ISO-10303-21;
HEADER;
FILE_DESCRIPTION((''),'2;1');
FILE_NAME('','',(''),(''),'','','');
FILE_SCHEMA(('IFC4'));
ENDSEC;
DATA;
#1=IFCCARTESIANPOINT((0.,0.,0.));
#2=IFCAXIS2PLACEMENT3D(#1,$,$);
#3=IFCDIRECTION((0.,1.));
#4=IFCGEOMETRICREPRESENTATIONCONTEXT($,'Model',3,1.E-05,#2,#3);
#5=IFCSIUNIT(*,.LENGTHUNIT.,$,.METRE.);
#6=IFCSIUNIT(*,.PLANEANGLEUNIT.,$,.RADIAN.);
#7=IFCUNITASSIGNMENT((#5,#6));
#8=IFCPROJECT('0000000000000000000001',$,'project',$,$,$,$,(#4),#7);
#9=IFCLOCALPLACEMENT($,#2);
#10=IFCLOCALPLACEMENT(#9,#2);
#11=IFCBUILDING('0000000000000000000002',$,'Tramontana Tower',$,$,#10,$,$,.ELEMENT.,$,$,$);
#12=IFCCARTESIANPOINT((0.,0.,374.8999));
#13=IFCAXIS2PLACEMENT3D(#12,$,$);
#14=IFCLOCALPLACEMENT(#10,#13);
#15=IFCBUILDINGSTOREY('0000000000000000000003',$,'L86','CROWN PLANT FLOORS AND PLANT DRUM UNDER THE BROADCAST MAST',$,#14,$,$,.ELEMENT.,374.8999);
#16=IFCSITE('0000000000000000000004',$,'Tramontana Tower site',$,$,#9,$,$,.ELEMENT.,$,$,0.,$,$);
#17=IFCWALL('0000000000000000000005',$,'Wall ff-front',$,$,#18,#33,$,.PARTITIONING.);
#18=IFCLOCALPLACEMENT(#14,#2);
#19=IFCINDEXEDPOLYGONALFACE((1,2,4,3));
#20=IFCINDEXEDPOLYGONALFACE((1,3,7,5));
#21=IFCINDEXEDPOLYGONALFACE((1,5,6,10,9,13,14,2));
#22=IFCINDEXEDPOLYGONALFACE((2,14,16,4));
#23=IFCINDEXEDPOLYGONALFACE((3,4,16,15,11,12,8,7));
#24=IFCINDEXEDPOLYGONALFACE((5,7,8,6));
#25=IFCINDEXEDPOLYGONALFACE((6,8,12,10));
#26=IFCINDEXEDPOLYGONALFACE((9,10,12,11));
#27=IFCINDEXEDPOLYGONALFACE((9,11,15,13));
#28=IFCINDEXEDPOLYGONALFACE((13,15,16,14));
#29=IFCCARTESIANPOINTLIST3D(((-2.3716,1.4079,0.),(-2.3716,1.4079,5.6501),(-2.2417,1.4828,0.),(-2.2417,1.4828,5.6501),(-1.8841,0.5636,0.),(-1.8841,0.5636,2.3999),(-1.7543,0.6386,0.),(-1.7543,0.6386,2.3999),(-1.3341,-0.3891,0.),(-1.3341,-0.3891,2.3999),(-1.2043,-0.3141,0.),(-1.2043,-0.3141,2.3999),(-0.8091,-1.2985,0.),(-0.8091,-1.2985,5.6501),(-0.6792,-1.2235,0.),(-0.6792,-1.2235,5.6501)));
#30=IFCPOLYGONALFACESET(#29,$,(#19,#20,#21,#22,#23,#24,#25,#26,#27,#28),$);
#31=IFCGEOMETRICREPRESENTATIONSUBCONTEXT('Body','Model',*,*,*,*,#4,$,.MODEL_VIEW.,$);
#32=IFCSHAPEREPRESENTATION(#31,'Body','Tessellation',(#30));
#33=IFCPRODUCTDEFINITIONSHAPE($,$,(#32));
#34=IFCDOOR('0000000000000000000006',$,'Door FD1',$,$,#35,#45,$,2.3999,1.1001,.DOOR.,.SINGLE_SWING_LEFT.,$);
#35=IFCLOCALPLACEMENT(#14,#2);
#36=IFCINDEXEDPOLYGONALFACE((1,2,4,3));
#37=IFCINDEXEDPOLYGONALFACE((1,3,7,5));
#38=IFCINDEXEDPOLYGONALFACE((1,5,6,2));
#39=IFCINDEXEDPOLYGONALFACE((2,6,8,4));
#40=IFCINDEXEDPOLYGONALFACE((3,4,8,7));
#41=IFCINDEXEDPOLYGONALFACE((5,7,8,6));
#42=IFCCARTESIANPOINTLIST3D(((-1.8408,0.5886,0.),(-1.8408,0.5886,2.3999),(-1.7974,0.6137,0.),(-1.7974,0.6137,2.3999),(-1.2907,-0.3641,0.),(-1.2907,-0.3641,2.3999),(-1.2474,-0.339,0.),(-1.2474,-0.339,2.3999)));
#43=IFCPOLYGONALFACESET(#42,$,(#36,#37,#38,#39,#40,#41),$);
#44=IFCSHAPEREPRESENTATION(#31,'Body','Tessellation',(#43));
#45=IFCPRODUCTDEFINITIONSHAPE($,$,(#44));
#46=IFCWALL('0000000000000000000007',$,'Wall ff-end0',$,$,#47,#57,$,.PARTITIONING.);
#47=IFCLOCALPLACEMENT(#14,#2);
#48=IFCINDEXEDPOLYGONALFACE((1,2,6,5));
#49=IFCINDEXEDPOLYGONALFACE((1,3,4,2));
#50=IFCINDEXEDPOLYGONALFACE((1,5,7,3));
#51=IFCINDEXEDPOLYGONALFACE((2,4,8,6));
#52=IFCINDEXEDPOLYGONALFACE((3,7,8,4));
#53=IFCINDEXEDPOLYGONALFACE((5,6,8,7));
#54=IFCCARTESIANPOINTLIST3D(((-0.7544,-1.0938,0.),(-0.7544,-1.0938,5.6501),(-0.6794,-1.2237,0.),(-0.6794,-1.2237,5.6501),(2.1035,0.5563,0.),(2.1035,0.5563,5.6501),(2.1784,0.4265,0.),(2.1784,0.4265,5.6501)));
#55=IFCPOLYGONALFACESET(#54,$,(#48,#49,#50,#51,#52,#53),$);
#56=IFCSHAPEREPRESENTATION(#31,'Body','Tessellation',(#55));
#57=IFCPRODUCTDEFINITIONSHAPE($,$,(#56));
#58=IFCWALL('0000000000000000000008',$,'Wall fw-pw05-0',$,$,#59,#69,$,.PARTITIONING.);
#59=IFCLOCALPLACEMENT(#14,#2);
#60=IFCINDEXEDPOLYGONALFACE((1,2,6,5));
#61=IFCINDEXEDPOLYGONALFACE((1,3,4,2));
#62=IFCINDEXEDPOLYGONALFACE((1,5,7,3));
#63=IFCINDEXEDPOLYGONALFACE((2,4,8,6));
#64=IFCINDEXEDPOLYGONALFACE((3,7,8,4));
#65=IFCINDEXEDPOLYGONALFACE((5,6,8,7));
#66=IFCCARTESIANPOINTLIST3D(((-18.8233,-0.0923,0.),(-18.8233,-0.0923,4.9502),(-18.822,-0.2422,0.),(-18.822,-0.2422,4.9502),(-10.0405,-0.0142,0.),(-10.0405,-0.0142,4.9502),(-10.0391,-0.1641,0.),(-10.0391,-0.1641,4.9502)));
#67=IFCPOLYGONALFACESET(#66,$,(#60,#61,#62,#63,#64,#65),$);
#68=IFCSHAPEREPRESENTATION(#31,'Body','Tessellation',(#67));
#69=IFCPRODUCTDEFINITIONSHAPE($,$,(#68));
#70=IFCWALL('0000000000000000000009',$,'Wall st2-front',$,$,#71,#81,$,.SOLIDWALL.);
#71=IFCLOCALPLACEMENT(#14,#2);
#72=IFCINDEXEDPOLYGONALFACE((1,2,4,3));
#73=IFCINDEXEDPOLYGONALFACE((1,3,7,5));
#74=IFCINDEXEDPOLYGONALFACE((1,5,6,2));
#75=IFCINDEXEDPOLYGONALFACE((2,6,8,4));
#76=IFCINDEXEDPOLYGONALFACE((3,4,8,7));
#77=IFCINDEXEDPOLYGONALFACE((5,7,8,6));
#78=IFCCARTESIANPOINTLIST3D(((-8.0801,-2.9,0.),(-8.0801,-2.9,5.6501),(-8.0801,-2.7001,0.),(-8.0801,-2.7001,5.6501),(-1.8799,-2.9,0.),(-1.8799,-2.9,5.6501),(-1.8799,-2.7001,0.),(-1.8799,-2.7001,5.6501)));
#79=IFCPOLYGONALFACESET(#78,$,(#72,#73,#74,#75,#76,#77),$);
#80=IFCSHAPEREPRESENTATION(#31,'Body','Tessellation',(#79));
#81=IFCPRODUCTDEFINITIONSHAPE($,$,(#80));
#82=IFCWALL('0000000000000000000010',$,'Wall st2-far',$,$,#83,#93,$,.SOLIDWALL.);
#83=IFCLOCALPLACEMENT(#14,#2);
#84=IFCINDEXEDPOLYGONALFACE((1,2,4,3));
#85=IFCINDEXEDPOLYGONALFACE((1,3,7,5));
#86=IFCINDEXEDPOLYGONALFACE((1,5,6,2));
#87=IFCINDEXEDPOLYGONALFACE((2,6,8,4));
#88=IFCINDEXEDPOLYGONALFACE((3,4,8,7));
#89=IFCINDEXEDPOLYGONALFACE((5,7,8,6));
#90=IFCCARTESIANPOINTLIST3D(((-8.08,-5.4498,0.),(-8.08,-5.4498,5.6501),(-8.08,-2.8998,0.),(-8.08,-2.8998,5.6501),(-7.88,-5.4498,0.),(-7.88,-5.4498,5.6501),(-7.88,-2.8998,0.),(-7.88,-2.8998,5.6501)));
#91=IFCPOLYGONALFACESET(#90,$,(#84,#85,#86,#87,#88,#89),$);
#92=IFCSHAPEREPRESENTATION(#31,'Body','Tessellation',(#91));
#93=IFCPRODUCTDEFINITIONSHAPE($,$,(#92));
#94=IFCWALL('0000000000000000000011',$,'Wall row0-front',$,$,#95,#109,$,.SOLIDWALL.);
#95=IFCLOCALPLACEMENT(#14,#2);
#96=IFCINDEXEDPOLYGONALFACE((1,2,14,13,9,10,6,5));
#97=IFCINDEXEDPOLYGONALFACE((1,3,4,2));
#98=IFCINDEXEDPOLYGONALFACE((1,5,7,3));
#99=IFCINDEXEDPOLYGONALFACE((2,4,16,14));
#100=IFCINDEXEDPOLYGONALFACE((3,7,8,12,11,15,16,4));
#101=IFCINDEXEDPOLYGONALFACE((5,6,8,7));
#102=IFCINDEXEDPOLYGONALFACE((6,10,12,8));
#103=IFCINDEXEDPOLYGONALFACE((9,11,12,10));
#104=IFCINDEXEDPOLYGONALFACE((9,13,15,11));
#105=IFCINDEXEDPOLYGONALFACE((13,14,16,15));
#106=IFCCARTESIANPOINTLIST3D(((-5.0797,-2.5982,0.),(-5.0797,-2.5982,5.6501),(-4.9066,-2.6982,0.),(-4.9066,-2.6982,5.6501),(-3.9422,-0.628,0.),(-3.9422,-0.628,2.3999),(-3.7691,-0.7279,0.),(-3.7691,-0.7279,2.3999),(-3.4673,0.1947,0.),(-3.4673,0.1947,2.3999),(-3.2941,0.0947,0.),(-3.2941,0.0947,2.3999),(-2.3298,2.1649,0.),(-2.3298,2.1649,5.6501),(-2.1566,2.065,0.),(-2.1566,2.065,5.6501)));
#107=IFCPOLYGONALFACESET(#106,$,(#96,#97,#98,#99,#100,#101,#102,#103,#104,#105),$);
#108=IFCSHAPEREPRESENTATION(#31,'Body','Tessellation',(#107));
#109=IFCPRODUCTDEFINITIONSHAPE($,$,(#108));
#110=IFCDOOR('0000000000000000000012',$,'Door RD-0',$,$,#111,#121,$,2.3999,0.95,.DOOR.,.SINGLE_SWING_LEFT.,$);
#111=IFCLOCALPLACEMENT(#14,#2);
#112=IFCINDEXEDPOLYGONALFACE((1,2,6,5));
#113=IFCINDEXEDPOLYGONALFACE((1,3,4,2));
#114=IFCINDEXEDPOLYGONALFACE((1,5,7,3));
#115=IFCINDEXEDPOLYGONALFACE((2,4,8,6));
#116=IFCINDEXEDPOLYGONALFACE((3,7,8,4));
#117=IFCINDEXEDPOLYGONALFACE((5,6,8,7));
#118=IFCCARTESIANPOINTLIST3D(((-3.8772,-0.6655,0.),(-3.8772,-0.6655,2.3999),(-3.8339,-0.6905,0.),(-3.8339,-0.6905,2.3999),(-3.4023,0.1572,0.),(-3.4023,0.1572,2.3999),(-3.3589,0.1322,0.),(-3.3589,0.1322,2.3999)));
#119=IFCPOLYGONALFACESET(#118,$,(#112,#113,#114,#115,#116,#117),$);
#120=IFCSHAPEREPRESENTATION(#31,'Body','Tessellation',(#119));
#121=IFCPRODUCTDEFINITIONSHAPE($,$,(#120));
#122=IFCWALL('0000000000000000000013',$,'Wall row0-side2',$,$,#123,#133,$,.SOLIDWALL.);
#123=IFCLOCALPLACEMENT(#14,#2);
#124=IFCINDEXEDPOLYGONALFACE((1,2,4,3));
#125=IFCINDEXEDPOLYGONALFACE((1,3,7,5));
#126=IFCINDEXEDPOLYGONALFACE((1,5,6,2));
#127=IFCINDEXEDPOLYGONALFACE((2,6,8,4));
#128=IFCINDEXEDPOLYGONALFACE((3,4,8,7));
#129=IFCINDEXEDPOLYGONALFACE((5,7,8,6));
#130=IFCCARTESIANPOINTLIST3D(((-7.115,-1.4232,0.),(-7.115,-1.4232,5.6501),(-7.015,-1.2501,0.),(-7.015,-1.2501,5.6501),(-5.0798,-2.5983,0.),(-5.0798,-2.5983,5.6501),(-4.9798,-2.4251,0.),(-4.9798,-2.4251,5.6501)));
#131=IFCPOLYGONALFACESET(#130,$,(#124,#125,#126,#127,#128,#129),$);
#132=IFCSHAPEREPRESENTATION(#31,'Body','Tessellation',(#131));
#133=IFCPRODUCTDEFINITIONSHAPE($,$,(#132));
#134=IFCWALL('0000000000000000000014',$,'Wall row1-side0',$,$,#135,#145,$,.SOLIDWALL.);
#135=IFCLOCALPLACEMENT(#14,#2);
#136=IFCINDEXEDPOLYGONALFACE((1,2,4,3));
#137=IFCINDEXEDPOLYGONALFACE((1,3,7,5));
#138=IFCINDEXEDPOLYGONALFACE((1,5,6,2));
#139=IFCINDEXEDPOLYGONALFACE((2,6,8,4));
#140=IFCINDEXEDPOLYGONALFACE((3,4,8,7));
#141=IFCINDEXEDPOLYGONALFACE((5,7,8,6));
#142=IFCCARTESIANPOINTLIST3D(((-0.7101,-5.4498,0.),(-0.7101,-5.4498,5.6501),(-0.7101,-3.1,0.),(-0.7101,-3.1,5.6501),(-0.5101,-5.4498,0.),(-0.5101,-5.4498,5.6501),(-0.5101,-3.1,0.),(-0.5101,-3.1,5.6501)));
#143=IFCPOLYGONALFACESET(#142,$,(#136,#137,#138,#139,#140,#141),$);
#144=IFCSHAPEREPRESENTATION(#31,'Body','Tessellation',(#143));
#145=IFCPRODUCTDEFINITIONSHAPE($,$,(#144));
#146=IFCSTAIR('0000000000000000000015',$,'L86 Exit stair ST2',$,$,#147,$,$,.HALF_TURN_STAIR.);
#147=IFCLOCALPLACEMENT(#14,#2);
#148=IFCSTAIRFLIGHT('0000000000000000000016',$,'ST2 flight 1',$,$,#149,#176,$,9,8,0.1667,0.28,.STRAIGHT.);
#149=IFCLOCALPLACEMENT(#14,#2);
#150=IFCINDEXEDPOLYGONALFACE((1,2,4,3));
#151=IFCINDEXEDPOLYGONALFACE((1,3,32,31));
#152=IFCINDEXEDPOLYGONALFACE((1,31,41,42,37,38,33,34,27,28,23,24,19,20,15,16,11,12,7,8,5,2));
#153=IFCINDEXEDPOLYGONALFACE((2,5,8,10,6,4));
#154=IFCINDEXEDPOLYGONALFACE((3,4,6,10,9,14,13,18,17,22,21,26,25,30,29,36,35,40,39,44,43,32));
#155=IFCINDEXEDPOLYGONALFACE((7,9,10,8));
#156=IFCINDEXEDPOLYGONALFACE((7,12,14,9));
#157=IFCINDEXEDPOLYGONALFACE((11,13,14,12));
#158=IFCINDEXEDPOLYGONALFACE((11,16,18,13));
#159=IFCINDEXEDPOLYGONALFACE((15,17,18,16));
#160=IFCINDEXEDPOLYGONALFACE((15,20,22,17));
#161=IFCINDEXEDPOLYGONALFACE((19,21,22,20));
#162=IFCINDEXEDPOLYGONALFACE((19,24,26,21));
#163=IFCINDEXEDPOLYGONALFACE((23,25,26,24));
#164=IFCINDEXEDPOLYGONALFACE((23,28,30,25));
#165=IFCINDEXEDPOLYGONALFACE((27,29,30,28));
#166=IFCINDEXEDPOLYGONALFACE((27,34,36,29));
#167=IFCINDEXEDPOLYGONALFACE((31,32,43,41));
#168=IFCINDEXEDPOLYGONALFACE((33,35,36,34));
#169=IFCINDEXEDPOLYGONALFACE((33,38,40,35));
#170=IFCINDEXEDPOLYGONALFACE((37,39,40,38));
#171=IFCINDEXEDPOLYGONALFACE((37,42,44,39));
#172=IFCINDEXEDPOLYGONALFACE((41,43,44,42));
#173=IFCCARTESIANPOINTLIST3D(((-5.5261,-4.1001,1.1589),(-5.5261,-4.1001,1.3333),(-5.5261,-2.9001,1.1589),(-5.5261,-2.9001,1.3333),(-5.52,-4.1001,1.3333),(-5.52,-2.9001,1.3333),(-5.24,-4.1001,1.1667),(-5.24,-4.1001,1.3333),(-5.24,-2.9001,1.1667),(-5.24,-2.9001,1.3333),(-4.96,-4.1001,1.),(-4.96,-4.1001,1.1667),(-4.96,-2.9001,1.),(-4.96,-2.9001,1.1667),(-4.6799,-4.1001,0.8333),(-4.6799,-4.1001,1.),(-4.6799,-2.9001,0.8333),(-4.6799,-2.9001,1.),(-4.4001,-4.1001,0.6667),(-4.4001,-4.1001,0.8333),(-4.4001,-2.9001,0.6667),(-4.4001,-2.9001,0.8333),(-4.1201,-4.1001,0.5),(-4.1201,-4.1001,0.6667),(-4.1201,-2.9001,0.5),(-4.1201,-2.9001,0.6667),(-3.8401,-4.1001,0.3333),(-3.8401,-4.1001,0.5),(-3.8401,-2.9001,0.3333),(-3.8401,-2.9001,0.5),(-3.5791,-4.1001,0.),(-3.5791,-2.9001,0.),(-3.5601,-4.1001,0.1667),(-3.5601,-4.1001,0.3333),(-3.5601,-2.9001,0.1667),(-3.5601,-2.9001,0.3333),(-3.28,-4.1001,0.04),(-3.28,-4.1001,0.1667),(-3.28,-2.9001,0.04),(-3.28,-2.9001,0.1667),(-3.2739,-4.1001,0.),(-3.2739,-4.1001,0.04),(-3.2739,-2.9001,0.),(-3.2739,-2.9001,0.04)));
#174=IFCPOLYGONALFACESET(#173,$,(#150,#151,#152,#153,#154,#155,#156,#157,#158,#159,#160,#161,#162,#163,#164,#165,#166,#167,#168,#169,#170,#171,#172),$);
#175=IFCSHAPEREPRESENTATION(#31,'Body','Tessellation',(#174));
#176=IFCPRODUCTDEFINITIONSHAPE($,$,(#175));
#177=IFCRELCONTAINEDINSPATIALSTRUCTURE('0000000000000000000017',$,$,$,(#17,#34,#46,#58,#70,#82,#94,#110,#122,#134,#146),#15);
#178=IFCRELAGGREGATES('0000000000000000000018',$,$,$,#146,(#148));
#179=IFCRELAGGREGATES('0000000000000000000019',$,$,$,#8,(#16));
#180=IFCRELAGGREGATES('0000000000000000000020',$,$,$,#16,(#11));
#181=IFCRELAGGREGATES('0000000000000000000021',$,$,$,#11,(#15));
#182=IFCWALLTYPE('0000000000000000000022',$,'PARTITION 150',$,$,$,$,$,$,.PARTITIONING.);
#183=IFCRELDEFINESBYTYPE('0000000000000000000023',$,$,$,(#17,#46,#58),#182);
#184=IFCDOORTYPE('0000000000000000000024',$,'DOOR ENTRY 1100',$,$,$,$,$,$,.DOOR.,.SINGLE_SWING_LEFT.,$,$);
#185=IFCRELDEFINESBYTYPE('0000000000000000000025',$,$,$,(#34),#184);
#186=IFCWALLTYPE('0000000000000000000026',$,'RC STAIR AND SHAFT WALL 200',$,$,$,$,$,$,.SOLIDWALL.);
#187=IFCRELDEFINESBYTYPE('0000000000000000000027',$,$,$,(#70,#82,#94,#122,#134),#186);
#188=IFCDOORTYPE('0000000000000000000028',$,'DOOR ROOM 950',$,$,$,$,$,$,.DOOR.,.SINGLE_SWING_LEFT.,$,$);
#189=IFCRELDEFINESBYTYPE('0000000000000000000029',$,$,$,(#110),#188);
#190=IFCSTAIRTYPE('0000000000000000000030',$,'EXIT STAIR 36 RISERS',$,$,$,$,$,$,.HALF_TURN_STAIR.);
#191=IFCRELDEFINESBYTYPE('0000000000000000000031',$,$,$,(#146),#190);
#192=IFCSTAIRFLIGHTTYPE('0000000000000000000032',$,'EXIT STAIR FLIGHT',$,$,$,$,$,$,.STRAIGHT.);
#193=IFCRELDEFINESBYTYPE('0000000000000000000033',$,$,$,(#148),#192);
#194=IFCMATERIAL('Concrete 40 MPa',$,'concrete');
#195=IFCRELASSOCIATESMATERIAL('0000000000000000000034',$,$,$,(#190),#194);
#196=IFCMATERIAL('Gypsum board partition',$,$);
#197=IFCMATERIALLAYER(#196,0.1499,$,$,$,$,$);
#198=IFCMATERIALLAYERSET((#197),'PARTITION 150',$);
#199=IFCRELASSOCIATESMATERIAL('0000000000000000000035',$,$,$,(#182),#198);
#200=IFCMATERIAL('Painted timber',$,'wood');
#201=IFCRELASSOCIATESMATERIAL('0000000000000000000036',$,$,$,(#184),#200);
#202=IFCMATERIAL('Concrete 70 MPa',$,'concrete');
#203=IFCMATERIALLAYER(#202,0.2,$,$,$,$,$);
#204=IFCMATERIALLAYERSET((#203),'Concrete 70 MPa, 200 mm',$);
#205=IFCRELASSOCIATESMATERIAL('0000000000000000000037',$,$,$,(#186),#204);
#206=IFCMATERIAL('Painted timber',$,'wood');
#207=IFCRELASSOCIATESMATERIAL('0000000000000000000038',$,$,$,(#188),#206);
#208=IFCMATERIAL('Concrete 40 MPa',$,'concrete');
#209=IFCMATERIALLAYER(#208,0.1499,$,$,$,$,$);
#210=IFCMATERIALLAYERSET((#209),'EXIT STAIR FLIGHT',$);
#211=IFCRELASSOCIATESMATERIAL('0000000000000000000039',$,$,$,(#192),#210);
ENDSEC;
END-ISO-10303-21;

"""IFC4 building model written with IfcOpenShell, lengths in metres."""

from ifc_helpers import new_model, si_unit, direction, frame, frame_2d, origin, place, context, subcontext, project, spatial, polyline, rectangle, outline, extrude, material, layer, layer_set, type_object, element, fill, aggregate, save


model = new_model("IFC4")

# Units and contexts
model_context = context("Model", 3, precision=1e-05, world=origin(), true_north=direction((0.0, 1.0)))
body_context = subcontext(model_context, "Body", "Model", "MODEL_VIEW")
ifc_project = project(units=[si_unit("LENGTHUNIT", "METRE"), si_unit("PLANEANGLEUNIT", "RADIAN")], contexts=[model_context])

# Site, building, storey
site_placement = place(None, origin())
site = spatial("IfcSite", under=ifc_project, at=site_placement, Name="Tramontana Tower site", CompositionType="ELEMENT", RefElevation=0.0)
building_placement = place(site_placement, origin())
building = spatial("IfcBuilding", under=site, at=building_placement, Name="Tramontana Tower", CompositionType="ELEMENT")
storey_placement = place(building_placement, frame((0.0, 0.0, 374.8999)))
storey = spatial("IfcBuildingStorey", under=building, at=storey_placement, Name="L86", Description="CROWN PLANT FLOORS AND PLANT DRUM UNDER THE BROADCAST MAST", CompositionType="ELEMENT", Elevation=374.8999)

# Shared definitions
ifc_material_1 = material(Name="Concrete 40 MPa", Category="concrete")
stair_type = type_object("IfcStairType", Name="EXIT STAIR 36 RISERS", PredefinedType="HALF_TURN_STAIR", material=ifc_material_1)

# Wall, opening, door
ifc_material_2 = material(Name="Gypsum board partition")
ifc_layer_1 = layer(ifc_material_2, 0.1499)
ifc_layer_set_1 = layer_set([ifc_layer_1], Name="PARTITION 150")
wall_type_1 = type_object("IfcWallType", Name="PARTITION 150", PredefinedType="PARTITIONING", material=ifc_layer_set_1)
wall_1_placement = place(storey_placement, frame((-0.7441, -1.261, 0.0), z_axis=(0.0, 0.0, 1.0), x_axis=(-0.500004, 0.866023, 0.0)))
wall_1 = element("IfcWall", 1, at=wall_1_placement, inside=storey, type_object=wall_type_1, Name="Wall ff-front", PredefinedType="PARTITIONING", context=body_context, shape_type="SweptSolid", body=[
    extrude(rectangle(XDim=3.125, YDim=0.1499, at=frame_2d((1.5625, 0.0))), origin(), (0.0, 0.0, 1.0), 5.6501),
])
opening_1_placement = place(wall_1_placement, frame((1.05, 0.0, 0.0)))
opening_1 = element("IfcOpeningElement", 2, at=opening_1_placement, cuts=wall_1, PredefinedType="OPENING", context=body_context, shape_type="SweptSolid", body=[
    extrude(rectangle(XDim=1.1001, YDim=2.3999, at=frame_2d((0.55, 1.2))), frame((0.0, 0.085, 0.0), z_axis=(0.0, -1.0, 0.0), x_axis=(1.0, 0.0, 0.0)), (0.0, 0.0, 1.0), 0.1699),
])
ifc_material_3 = material(Name="Painted timber", Category="wood")
door_type_1 = type_object("IfcDoorType", Name="DOOR ENTRY 1100", OperationType="SINGLE_SWING_LEFT", PredefinedType="DOOR", material=ifc_material_3)
door_1_placement = place(opening_1_placement, origin())
door_1 = element("IfcDoor", 3, at=door_1_placement, inside=storey, type_object=door_type_1, Name="Door FD1", OperationType="SINGLE_SWING_LEFT", OverallHeight=2.3999, OverallWidth=1.1001, PredefinedType="DOOR", context=body_context, shape_type="SweptSolid", body=[
    extrude(rectangle(XDim=1.1001, YDim=2.3999, at=frame_2d((0.55, 1.2))), frame((0.0, 0.0249, 0.0), z_axis=(0.0, -1.0, 0.0), x_axis=(1.0, 0.0, 0.0)), (0.0, 0.0, 1.0), 0.05),
])
fill(opening_1, door_1)

# Walls
wall_2_placement = place(storey_placement, frame((-0.7168, -1.1587, 0.0), z_axis=(0.0, 0.0, 1.0), x_axis=(0.866008, 0.50003, 0.0)))
element("IfcWall", 4, at=wall_2_placement, inside=storey, type_object=wall_type_1, Name="Wall ff-end0", PredefinedType="PARTITIONING", context=body_context, shape_type="SweptSolid", body=[
    extrude(rectangle(XDim=3.3, YDim=0.1499, at=frame_2d((1.6499, 0.0))), origin(), (0.0, 0.0, 1.0), 5.6501),
])
wall_3_placement = place(storey_placement, frame((-10.0398, -0.0891, 0.0), z_axis=(0.0, 0.0, 1.0), x_axis=(-0.99996, -0.008895, 0.0)))
element("IfcWall", 5, at=wall_3_placement, inside=storey, type_object=wall_type_1, Name="Wall fw-pw05-0", PredefinedType="PARTITIONING", context=body_context, shape_type="SweptSolid", body=[
    extrude(rectangle(XDim=8.7832, YDim=0.1499, at=frame_2d((4.3916, 0.0))), origin(), (0.0, 0.0, 1.0), 4.9502),
])
ifc_material_4 = material(Name="Concrete 70 MPa", Category="concrete")
ifc_layer_2 = layer(ifc_material_4, 0.2)
ifc_layer_set_2 = layer_set([ifc_layer_2], Name="Concrete 70 MPa, 200 mm")
wall_type_2 = type_object("IfcWallType", Name="RC STAIR AND SHAFT WALL 200", PredefinedType="SOLIDWALL", material=ifc_layer_set_2)
wall_4_placement = place(storey_placement, frame((-8.0801, -2.8, 0.0), z_axis=(0.0, 0.0, 1.0), x_axis=(1.0, 0.0, 0.0)))
element("IfcWall", 6, at=wall_4_placement, inside=storey, type_object=wall_type_2, Name="Wall st2-front", PredefinedType="SOLIDWALL", context=body_context, shape_type="SweptSolid", body=[
    extrude(rectangle(XDim=6.2002, YDim=0.2, at=frame_2d((3.1001, 0.0))), origin(), (0.0, 0.0, 1.0), 5.6501),
])
wall_5_placement = place(storey_placement, frame((-7.98, -2.8999, 0.0), z_axis=(0.0, 0.0, 1.0), x_axis=(0.0, -1.0, 0.0)))
element("IfcWall", 7, at=wall_5_placement, inside=storey, type_object=wall_type_2, Name="Wall st2-far", PredefinedType="SOLIDWALL", context=body_context, shape_type="SweptSolid", body=[
    extrude(rectangle(XDim=2.55, YDim=0.2, at=frame_2d((1.2749, 0.0))), origin(), (0.0, 0.0, 1.0), 5.6501),
])

# Wall, opening, door
wall_6_placement = place(storey_placement, frame((-4.9932, -2.6482, 0.0), z_axis=(0.0, 0.0, 1.0), x_axis=(0.499997, 0.866027, 0.0)))
wall_6 = element("IfcWall", 8, at=wall_6_placement, inside=storey, type_object=wall_type_2, Name="Wall row0-front", PredefinedType="SOLIDWALL", context=body_context, shape_type="SweptSolid", body=[
    extrude(rectangle(XDim=5.5, YDim=0.2, at=frame_2d((2.75, 0.0))), origin(), (0.0, 0.0, 1.0), 5.6501),
])
opening_2_placement = place(wall_6_placement, frame((2.2749, 0.0, 0.0)))
opening_2 = element("IfcOpeningElement", 9, at=opening_2_placement, cuts=wall_6, PredefinedType="OPENING", context=body_context, shape_type="SweptSolid", body=[
    extrude(rectangle(XDim=0.95, YDim=2.3999, at=frame_2d((0.4751, 1.2))), frame((0.0, 0.1099, 0.0), z_axis=(0.0, -1.0, 0.0), x_axis=(1.0, 0.0, 0.0)), (0.0, 0.0, 1.0), 0.22),
])
ifc_material_5 = material(Name="Painted timber", Category="wood")
door_type_2 = type_object("IfcDoorType", Name="DOOR ROOM 950", OperationType="SINGLE_SWING_LEFT", PredefinedType="DOOR", material=ifc_material_5)
door_2_placement = place(opening_2_placement, origin())
door_2 = element("IfcDoor", 10, at=door_2_placement, inside=storey, type_object=door_type_2, Name="Door RD-0", OperationType="SINGLE_SWING_LEFT", OverallHeight=2.3999, OverallWidth=0.95, PredefinedType="DOOR", context=body_context, shape_type="SweptSolid", body=[
    extrude(rectangle(XDim=0.95, YDim=2.3999, at=frame_2d((0.4751, 1.2))), frame((0.0, 0.0249, 0.0), z_axis=(0.0, -1.0, 0.0), x_axis=(1.0, 0.0, 0.0)), (0.0, 0.0, 1.0), 0.05),
])
fill(opening_2, door_2)

# Walls
wall_7_placement = place(storey_placement, frame((-5.0298, -2.5117, 0.0), z_axis=(0.0, 0.0, 1.0), x_axis=(-0.866016, 0.500016, 0.0)))
element("IfcWall", 11, at=wall_7_placement, inside=storey, type_object=wall_type_2, Name="Wall row0-side2", PredefinedType="SOLIDWALL", context=body_context, shape_type="SweptSolid", body=[
    extrude(rectangle(XDim=2.3501, YDim=0.2, at=frame_2d((1.175, 0.0))), origin(), (0.0, 0.0, 1.0), 5.6501),
])
wall_8_placement = place(storey_placement, frame((-0.6101, -3.1001, 0.0), z_axis=(0.0, 0.0, 1.0), x_axis=(0.0, -1.0, 0.0)))
element("IfcWall", 12, at=wall_8_placement, inside=storey, type_object=wall_type_2, Name="Wall row1-side0", PredefinedType="SOLIDWALL", context=body_context, shape_type="SweptSolid", body=[
    extrude(rectangle(XDim=2.3499, YDim=0.2, at=frame_2d((1.1748, 0.0))), origin(), (0.0, 0.0, 1.0), 5.6501),
])

# Stair, stair flight
stair_1_placement = place(storey_placement, origin())
stair_1 = element("IfcStair", 13, at=stair_1_placement, inside=storey, type_object=stair_type, Name="L86 Exit stair ST2", PredefinedType="HALF_TURN_STAIR")
ifc_material_6 = material(Name="Concrete 40 MPa", Category="concrete")
ifc_layer_3 = layer(ifc_material_6, 0.1499)
ifc_layer_set_3 = layer_set([ifc_layer_3], Name="EXIT STAIR FLIGHT")
stair_flight_type = type_object("IfcStairFlightType", Name="EXIT STAIR FLIGHT", PredefinedType="STRAIGHT", material=ifc_layer_set_3)
stair_flight_1_placement = place(storey_placement, frame((-3.28, -3.5, 0.0), z_axis=(0.0, 0.0, 1.0), x_axis=(-1.0, 0.0, 0.0)))
stair_flight_1 = element("IfcStairFlight", 14, at=stair_flight_1_placement, type_object=stair_flight_type, Name="ST2 flight 1", NumberOfRisers=9, NumberOfTreads=8, PredefinedType="STRAIGHT", RiserHeight=0.1667, TreadLength=0.28, context=body_context, shape_type="SweptSolid", body=[
    extrude(outline(polyline([(-0.0061, 0.0), (-0.0061, 0.04), (0.0, 0.04), (0.0, 0.1667), (0.28, 0.1667), (0.28, 0.3333), (0.5601, 0.3333), (0.5601, 0.5), (0.8401, 0.5), (0.8401, 0.6667), (1.1201, 0.6667), (1.1201, 0.8333), (1.3999, 0.8333), (1.3999, 1.0), (1.6799, 1.0), (1.6799, 1.1667), (1.96, 1.1667), (1.96, 1.3333), (2.24, 1.3333), (2.2461, 1.3333), (2.2461, 1.1589), (0.2991, 0.0), (-0.0061, 0.0)])), frame((0.0, 0.6001, 0.0), z_axis=(0.0, -1.0, 0.0), x_axis=(1.0, 0.0, 0.0)), (0.0, 0.0, 1.0), 1.2),
])
aggregate(stair_1, [stair_flight_1])

save(model, "model.ifc")
